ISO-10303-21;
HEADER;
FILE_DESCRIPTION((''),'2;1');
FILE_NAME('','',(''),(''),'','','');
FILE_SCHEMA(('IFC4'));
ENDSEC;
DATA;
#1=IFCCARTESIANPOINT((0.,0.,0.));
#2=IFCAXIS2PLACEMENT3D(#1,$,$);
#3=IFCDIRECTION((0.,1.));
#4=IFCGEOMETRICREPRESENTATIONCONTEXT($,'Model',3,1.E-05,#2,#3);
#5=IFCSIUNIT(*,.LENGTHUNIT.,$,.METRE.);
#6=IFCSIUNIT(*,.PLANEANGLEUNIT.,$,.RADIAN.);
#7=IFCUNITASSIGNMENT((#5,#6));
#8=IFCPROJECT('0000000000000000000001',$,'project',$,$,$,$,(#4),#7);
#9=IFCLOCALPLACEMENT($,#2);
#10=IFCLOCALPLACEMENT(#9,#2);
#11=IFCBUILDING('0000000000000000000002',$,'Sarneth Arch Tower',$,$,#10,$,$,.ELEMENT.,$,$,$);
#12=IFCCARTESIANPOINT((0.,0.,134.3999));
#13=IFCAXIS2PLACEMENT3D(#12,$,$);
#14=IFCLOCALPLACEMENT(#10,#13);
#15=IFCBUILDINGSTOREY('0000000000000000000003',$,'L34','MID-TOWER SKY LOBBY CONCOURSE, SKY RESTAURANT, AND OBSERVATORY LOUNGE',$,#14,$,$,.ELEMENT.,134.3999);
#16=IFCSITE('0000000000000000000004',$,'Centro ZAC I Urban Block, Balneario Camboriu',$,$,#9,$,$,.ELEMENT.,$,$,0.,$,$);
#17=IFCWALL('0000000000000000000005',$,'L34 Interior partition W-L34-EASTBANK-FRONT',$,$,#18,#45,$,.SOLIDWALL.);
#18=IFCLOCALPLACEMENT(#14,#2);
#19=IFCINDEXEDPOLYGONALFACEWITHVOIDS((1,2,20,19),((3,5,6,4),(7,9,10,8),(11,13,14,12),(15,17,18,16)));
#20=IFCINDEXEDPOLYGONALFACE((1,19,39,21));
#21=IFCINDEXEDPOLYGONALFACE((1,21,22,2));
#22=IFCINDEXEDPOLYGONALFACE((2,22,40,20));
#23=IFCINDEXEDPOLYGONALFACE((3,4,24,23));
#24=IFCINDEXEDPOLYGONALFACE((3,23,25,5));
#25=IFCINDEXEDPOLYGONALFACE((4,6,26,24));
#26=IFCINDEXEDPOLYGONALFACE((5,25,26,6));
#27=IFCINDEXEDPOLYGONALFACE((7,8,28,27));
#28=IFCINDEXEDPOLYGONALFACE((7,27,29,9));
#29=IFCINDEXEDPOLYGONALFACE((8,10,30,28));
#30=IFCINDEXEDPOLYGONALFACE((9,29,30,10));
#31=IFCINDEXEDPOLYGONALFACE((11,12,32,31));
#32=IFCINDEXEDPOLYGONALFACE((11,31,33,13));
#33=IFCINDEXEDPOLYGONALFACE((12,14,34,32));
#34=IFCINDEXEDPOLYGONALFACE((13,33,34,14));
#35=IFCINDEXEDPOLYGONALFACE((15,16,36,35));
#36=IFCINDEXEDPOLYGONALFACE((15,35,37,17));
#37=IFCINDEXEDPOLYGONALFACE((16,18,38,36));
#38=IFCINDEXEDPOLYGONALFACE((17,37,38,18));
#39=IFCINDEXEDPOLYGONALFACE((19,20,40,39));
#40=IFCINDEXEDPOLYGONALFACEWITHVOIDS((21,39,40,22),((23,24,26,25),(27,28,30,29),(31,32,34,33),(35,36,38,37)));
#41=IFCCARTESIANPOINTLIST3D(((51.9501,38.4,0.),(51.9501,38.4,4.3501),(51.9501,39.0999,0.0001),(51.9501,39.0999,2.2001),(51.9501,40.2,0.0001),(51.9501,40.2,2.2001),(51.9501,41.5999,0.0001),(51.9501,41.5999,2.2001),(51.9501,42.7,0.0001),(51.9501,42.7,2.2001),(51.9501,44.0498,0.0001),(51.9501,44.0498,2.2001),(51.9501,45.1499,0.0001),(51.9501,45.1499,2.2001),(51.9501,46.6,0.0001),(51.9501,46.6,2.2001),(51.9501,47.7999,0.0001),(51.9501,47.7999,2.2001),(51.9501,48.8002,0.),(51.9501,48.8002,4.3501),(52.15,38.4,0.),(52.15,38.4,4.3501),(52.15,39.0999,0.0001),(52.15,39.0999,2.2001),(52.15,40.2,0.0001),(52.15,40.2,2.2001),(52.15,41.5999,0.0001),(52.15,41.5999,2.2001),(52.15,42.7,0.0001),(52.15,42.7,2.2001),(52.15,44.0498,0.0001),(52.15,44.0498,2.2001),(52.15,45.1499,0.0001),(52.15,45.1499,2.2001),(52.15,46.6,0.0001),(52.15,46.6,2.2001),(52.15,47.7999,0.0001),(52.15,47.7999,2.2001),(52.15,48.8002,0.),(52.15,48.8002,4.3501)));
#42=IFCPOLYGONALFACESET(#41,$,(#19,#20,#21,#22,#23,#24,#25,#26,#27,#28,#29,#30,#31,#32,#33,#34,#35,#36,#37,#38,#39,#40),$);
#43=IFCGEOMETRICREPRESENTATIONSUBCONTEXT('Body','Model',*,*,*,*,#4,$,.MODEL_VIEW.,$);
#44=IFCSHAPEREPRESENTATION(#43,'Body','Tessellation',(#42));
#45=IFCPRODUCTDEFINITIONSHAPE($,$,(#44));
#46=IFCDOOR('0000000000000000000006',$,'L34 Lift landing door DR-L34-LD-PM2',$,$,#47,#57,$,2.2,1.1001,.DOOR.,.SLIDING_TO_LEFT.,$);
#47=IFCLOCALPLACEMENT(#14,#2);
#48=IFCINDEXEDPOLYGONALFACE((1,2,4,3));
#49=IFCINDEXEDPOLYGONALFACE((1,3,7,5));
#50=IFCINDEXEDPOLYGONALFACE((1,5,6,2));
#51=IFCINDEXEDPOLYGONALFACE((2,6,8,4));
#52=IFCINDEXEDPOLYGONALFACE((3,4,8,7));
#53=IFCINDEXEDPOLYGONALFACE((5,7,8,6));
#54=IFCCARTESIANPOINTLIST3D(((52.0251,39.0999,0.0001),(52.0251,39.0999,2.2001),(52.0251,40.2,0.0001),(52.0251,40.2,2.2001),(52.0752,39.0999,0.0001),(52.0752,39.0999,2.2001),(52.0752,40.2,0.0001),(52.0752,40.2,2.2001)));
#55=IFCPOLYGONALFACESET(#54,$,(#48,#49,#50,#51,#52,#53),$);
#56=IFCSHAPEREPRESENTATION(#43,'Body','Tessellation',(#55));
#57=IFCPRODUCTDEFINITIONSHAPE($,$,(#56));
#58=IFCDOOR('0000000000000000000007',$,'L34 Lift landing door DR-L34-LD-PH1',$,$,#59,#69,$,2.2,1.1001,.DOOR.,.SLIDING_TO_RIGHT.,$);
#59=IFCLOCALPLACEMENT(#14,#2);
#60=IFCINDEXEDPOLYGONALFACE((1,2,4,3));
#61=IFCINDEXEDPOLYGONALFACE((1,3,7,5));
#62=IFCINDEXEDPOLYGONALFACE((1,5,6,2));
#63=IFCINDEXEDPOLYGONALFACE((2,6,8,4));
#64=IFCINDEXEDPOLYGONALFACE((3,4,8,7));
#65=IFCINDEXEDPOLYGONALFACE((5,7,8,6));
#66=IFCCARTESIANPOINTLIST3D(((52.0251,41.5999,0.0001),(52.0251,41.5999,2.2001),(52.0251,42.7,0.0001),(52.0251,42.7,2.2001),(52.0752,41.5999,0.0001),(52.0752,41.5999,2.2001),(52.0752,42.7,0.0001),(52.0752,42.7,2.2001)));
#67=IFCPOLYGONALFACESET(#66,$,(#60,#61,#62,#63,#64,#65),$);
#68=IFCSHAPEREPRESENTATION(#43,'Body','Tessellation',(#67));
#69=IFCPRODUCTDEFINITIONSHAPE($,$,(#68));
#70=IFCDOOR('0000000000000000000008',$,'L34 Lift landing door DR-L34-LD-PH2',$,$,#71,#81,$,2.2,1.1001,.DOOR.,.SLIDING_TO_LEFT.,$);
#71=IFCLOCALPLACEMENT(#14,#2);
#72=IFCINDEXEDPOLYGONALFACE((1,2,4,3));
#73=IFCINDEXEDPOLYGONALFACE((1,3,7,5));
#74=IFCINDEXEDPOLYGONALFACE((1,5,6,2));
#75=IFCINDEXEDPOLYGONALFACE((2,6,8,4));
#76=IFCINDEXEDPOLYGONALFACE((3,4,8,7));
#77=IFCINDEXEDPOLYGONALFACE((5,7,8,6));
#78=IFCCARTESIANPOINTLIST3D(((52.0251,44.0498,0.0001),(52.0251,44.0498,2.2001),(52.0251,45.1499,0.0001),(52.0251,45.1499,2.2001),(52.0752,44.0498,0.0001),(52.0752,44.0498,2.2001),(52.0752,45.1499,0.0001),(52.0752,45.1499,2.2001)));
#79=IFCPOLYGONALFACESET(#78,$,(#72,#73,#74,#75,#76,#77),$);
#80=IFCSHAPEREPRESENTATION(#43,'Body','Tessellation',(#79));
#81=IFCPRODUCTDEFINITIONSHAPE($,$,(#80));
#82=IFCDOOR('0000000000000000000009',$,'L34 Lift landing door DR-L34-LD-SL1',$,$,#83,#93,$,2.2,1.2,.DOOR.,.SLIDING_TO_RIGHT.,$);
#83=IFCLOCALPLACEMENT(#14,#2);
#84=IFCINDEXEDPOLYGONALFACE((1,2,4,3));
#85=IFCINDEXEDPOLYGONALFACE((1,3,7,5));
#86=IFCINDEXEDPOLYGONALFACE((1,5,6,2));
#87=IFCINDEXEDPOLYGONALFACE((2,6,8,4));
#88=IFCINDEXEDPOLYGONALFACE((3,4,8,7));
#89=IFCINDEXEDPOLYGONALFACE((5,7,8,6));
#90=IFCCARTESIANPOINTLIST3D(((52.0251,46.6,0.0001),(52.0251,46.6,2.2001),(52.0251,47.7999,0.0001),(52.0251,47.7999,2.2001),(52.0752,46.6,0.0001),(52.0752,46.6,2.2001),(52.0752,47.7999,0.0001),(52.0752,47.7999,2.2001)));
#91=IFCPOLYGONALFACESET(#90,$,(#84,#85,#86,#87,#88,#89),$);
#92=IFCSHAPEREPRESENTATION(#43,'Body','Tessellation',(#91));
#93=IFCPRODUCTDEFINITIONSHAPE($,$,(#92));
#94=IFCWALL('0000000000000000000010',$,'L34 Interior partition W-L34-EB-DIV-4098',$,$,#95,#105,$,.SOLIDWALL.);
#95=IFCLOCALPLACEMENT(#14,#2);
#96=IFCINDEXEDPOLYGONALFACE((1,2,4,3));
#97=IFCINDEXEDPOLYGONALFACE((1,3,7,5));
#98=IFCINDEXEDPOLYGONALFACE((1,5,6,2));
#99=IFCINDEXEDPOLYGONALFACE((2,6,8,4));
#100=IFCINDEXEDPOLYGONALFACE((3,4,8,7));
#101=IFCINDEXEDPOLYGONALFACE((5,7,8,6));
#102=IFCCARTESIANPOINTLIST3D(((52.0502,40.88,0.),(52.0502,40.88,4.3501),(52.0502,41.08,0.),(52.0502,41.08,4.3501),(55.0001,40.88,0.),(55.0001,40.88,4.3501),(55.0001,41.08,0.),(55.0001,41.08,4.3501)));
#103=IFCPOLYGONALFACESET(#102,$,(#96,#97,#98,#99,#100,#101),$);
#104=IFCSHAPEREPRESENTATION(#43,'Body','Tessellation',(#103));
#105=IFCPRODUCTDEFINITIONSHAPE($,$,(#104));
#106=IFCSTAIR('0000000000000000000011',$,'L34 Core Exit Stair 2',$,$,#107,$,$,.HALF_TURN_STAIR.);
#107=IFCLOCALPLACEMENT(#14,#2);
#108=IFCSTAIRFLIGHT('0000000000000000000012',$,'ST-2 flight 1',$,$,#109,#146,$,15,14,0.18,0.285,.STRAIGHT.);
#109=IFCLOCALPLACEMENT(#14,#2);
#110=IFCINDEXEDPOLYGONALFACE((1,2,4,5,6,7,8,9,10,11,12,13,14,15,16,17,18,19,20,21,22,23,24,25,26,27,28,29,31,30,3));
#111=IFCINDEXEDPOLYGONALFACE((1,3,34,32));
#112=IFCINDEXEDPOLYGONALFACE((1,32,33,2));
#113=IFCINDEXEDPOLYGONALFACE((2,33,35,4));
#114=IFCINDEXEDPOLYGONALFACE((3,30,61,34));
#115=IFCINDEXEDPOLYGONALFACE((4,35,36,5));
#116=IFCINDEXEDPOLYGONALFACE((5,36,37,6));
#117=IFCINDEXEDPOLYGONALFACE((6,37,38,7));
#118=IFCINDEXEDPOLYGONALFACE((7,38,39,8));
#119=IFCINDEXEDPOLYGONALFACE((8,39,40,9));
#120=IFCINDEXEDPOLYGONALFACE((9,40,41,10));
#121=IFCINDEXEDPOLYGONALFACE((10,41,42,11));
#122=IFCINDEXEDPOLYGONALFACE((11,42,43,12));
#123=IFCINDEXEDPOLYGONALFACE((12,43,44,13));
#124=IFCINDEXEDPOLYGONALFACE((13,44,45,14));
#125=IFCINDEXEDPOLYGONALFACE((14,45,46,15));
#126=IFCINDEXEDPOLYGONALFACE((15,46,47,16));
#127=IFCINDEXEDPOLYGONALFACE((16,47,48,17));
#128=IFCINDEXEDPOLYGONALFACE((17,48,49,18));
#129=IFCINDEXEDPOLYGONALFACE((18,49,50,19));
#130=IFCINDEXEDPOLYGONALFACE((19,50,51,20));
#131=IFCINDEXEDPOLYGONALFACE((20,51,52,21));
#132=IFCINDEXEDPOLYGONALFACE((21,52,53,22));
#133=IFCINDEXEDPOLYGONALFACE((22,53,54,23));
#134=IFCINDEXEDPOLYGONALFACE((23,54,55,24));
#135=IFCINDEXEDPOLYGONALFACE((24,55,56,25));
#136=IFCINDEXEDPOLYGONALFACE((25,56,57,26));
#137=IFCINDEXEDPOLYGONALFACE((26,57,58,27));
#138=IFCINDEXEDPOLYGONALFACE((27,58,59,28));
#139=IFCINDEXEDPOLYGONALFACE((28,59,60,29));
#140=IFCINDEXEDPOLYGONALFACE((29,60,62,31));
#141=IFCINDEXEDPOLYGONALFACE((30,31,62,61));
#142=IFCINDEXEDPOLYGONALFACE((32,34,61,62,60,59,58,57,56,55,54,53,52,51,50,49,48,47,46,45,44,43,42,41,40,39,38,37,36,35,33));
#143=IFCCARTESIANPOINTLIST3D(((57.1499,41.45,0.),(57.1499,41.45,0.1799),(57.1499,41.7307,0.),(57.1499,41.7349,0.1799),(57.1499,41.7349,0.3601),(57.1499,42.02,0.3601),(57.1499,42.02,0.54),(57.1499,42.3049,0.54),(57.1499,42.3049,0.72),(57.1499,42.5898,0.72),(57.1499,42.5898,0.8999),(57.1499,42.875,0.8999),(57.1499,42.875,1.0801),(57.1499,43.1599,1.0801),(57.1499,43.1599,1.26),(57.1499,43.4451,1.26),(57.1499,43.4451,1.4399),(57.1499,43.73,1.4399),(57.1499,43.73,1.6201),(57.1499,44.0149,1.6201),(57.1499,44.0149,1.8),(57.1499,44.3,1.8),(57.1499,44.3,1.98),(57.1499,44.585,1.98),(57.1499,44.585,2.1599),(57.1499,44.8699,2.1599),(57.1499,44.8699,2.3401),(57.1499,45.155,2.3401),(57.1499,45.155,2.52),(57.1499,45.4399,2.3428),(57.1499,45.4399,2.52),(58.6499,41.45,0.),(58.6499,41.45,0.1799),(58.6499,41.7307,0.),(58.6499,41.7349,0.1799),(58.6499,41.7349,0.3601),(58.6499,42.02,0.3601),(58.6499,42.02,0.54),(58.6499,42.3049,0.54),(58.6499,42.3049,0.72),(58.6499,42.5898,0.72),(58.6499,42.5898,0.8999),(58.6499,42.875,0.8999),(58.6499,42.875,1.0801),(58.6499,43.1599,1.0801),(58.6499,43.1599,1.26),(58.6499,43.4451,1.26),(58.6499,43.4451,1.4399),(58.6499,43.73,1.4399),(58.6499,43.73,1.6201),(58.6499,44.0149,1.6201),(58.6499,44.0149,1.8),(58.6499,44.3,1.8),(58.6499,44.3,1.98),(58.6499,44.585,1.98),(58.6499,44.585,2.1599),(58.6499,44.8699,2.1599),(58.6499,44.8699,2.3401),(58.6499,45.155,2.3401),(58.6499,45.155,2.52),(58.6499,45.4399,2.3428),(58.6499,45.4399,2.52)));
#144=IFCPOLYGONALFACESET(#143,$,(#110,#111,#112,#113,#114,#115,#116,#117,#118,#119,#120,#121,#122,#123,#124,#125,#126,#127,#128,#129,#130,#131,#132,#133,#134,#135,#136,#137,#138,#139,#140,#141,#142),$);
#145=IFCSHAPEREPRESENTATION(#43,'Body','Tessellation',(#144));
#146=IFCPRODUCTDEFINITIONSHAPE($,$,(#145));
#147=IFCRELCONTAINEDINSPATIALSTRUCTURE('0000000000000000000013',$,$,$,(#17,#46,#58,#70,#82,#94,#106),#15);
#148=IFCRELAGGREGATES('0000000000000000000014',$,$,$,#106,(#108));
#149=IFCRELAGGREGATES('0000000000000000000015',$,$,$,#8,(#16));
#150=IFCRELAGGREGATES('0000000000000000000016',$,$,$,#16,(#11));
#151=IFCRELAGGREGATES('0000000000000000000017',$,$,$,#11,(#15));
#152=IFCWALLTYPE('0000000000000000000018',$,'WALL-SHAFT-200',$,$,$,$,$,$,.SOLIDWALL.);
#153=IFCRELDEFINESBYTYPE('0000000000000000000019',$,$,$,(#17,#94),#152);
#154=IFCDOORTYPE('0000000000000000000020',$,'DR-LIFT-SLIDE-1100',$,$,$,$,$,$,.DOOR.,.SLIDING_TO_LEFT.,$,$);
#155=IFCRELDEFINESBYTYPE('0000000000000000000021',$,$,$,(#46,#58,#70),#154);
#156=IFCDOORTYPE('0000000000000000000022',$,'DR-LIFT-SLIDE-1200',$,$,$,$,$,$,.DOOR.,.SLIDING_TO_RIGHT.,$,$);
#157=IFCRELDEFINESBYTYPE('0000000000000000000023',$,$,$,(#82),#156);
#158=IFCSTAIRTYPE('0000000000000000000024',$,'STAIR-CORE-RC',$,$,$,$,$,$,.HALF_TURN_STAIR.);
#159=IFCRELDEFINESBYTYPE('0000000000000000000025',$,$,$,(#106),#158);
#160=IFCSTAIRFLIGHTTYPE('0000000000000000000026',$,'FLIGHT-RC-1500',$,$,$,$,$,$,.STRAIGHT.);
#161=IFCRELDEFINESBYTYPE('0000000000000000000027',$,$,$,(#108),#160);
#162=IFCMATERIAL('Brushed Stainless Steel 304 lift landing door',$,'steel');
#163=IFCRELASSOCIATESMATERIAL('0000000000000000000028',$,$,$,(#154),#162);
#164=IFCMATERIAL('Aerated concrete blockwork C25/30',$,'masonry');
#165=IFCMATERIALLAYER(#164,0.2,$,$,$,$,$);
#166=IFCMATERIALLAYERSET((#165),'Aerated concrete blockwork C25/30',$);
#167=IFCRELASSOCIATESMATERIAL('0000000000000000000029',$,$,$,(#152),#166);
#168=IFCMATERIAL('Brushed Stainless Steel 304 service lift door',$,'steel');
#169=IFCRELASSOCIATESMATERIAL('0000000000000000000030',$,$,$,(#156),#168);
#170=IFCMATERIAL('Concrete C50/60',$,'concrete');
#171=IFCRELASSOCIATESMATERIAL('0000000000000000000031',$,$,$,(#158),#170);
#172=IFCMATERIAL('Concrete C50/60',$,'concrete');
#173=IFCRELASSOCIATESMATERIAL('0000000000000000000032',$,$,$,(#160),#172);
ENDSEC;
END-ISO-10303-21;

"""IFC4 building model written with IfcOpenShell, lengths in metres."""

from ifc_helpers import new_model, si_unit, direction, frame, frame_2d, origin, place, context, subcontext, project, spatial, polyline, rectangle, outline, extrude, material, layer, layer_set, type_object, element, fill, aggregate, save


model = new_model("IFC4")

# Units and contexts
model_context = context("Model", 3, precision=1e-05, world=origin(), true_north=direction((0.0, 1.0)))
body_context = subcontext(model_context, "Body", "Model", "MODEL_VIEW")
ifc_project = project(units=[si_unit("LENGTHUNIT", "METRE"), si_unit("PLANEANGLEUNIT", "RADIAN")], contexts=[model_context])

# Site, building, storey
site_placement = place(None, origin())
site = spatial("IfcSite", under=ifc_project, at=site_placement, Name="Centro ZAC I Urban Block, Balneario Camboriu", CompositionType="ELEMENT", RefElevation=0.0)
building_placement = place(site_placement, origin())
building = spatial("IfcBuilding", under=site, at=building_placement, Name="Sarneth Arch Tower", CompositionType="ELEMENT")
storey_placement = place(building_placement, frame((0.0, 0.0, 134.3999)))
storey = spatial("IfcBuildingStorey", under=building, at=storey_placement, Name="L34", Description="MID-TOWER SKY LOBBY CONCOURSE, SKY RESTAURANT, AND OBSERVATORY LOUNGE", CompositionType="ELEMENT", Elevation=134.3999)

# Shared definitions
ifc_material_1 = material(Name="Brushed Stainless Steel 304 lift landing door", Category="steel")
door_type_1 = type_object("IfcDoorType", Name="DR-LIFT-SLIDE-1100", OperationType="SLIDING_TO_LEFT", PredefinedType="DOOR", material=ifc_material_1)

# Shared definitions
ifc_material_2 = material(Name="Aerated concrete blockwork C25/30", Category="masonry")
ifc_layer_1 = layer(ifc_material_2, 0.2)
ifc_layer_set_1 = layer_set([ifc_layer_1], Name="Aerated concrete blockwork C25/30")
wall_type_1 = type_object("IfcWallType", Name="WALL-SHAFT-200", PredefinedType="SOLIDWALL", material=ifc_layer_set_1)

# Wall, openings, doors
wall_1_placement = place(storey_placement, frame((52.05, 38.3999, 0.0), z_axis=(0.0, 0.0, 1.0), x_axis=(0.0, 1.0, 0.0)))
wall_1 = element("IfcWall", 1, at=wall_1_placement, inside=storey, type_object=wall_type_1, Name="L34 Interior partition W-L34-EASTBANK-FRONT", PredefinedType="SOLIDWALL", context=body_context, shape_type="SweptSolid", body=[
    extrude(rectangle(XDim=10.4001, YDim=0.2, at=frame_2d((5.2002, 0.0))), origin(), (0.0, 0.0, 1.0), 4.3501),
])
opening_1_placement = place(wall_1_placement, frame((0.7, 0.0, 0.0)))
opening_1 = element("IfcOpeningElement", 2, at=opening_1_placement, cuts=wall_1, PredefinedType="OPENING", context=body_context, shape_type="SweptSolid", body=[
    extrude(rectangle(XDim=1.1001, YDim=2.2, at=frame_2d((0.55, 1.1001))), frame((0.0, 0.1099, 0.0), z_axis=(0.0, -1.0, 0.0), x_axis=(1.0, 0.0, 0.0)), (0.0, 0.0, 1.0), 0.22),
])
opening_2_placement = place(wall_1_placement, frame((3.2, 0.0, 0.0)))
opening_2 = element("IfcOpeningElement", 3, at=opening_2_placement, cuts=wall_1, PredefinedType="OPENING", context=body_context, shape_type="SweptSolid", body=[
    extrude(rectangle(XDim=1.1001, YDim=2.2, at=frame_2d((0.55, 1.1001))), frame((0.0, 0.1099, 0.0), z_axis=(0.0, -1.0, 0.0), x_axis=(1.0, 0.0, 0.0)), (0.0, 0.0, 1.0), 0.22),
])
opening_3_placement = place(wall_1_placement, frame((5.6499, 0.0, 0.0)))
opening_3 = element("IfcOpeningElement", 4, at=opening_3_placement, cuts=wall_1, PredefinedType="OPENING", context=body_context, shape_type="SweptSolid", body=[
    extrude(rectangle(XDim=1.1001, YDim=2.2, at=frame_2d((0.55, 1.1001))), frame((0.0, 0.1099, 0.0), z_axis=(0.0, -1.0, 0.0), x_axis=(1.0, 0.0, 0.0)), (0.0, 0.0, 1.0), 0.22),
])
opening_4_placement = place(wall_1_placement, frame((8.2, 0.0, 0.0)))
opening_4 = element("IfcOpeningElement", 5, at=opening_4_placement, cuts=wall_1, PredefinedType="OPENING", context=body_context, shape_type="SweptSolid", body=[
    extrude(rectangle(XDim=1.2, YDim=2.2, at=frame_2d((0.6001, 1.1001))), frame((0.0, 0.1099, 0.0), z_axis=(0.0, -1.0, 0.0), x_axis=(1.0, 0.0, 0.0)), (0.0, 0.0, 1.0), 0.22),
])
door_1_placement = place(opening_1_placement, origin())
door_1 = element("IfcDoor", 6, at=door_1_placement, inside=storey, type_object=door_type_1, Name="L34 Lift landing door DR-L34-LD-PM2", OperationType="SLIDING_TO_LEFT", OverallHeight=2.2, OverallWidth=1.1001, PredefinedType="DOOR", context=body_context, shape_type="SweptSolid", body=[
    extrude(rectangle(XDim=1.1001, YDim=2.2, at=frame_2d((0.55, 1.1001))), frame((0.0, 0.0249, 0.0), z_axis=(0.0, -1.0, 0.0), x_axis=(1.0, 0.0, 0.0)), (0.0, 0.0, 1.0), 0.05),
])
fill(opening_1, door_1)
door_2_placement = place(opening_2_placement, origin())
door_2 = element("IfcDoor", 7, at=door_2_placement, inside=storey, type_object=door_type_1, Name="L34 Lift landing door DR-L34-LD-PH1", OperationType="SLIDING_TO_RIGHT", OverallHeight=2.2, OverallWidth=1.1001, PredefinedType="DOOR", context=body_context, shape_type="SweptSolid", body=[
    extrude(rectangle(XDim=1.1001, YDim=2.2, at=frame_2d((0.55, 1.1001))), frame((0.0, 0.0249, 0.0), z_axis=(0.0, -1.0, 0.0), x_axis=(1.0, 0.0, 0.0)), (0.0, 0.0, 1.0), 0.05),
])
fill(opening_2, door_2)
door_3_placement = place(opening_3_placement, origin())
door_3 = element("IfcDoor", 8, at=door_3_placement, inside=storey, type_object=door_type_1, Name="L34 Lift landing door DR-L34-LD-PH2", OperationType="SLIDING_TO_LEFT", OverallHeight=2.2, OverallWidth=1.1001, PredefinedType="DOOR", context=body_context, shape_type="SweptSolid", body=[
    extrude(rectangle(XDim=1.1001, YDim=2.2, at=frame_2d((0.55, 1.1001))), frame((0.0, 0.0249, 0.0), z_axis=(0.0, -1.0, 0.0), x_axis=(1.0, 0.0, 0.0)), (0.0, 0.0, 1.0), 0.05),
])
fill(opening_3, door_3)
ifc_material_3 = material(Name="Brushed Stainless Steel 304 service lift door", Category="steel")
door_type_2 = type_object("IfcDoorType", Name="DR-LIFT-SLIDE-1200", OperationType="SLIDING_TO_RIGHT", PredefinedType="DOOR", material=ifc_material_3)
door_4_placement = place(opening_4_placement, origin())
door_4 = element("IfcDoor", 9, at=door_4_placement, inside=storey, type_object=door_type_2, Name="L34 Lift landing door DR-L34-LD-SL1", OperationType="SLIDING_TO_RIGHT", OverallHeight=2.2, OverallWidth=1.2, PredefinedType="DOOR", context=body_context, shape_type="SweptSolid", body=[
    extrude(rectangle(XDim=1.2, YDim=2.2, at=frame_2d((0.6001, 1.1001))), frame((0.0, 0.0249, 0.0), z_axis=(0.0, -1.0, 0.0), x_axis=(1.0, 0.0, 0.0)), (0.0, 0.0, 1.0), 0.05),
])
fill(opening_4, door_4)

# Wall
wall_2_placement = place(storey_placement, frame((52.05, 40.98, 0.0), z_axis=(0.0, 0.0, 1.0), x_axis=(1.0, 0.0, 0.0)))
element("IfcWall", 10, at=wall_2_placement, inside=storey, type_object=wall_type_1, Name="L34 Interior partition W-L34-EB-DIV-4098", PredefinedType="SOLIDWALL", context=body_context, shape_type="SweptSolid", body=[
    extrude(rectangle(XDim=2.95, YDim=0.2, at=frame_2d((1.4751, 0.0))), origin(), (0.0, 0.0, 1.0), 4.3501),
])

# Stair, stair flight
ifc_material_4 = material(Name="Concrete C50/60", Category="concrete")
stair_type = type_object("IfcStairType", Name="STAIR-CORE-RC", PredefinedType="HALF_TURN_STAIR", material=ifc_material_4)
stair_placement = place(storey_placement, origin())
stair = element("IfcStair", 11, at=stair_placement, inside=storey, type_object=stair_type, Name="L34 Core Exit Stair 2", PredefinedType="HALF_TURN_STAIR")
ifc_material_5 = material(Name="Concrete C50/60", Category="concrete")
stair_flight_type = type_object("IfcStairFlightType", Name="FLIGHT-RC-1500", PredefinedType="STRAIGHT", material=ifc_material_5)
stair_flight_placement = place(storey_placement, frame((57.8999, 41.45, 0.0), z_axis=(0.0, 0.0, 1.0), x_axis=(0.0, 1.0, 0.0)))
stair_flight = element("IfcStairFlight", 12, at=stair_flight_placement, type_object=stair_flight_type, Name="ST-2 flight 1", NumberOfRisers=15, NumberOfTreads=14, PredefinedType="STRAIGHT", RiserHeight=0.18, TreadLength=0.285, context=body_context, shape_type="SweptSolid", body=[
    extrude(outline(polyline([(0.0, 0.0), (0.0, 0.1799), (0.2849, 0.1799), (0.2849, 0.3601), (0.5701, 0.3601), (0.5701, 0.54), (0.855, 0.54), (0.855, 0.72), (1.1399, 0.72), (1.1399, 0.8999), (1.425, 0.8999), (1.425, 1.0801), (1.71, 1.0801), (1.71, 1.26), (1.9951, 1.26), (1.9951, 1.4399), (2.28, 1.4399), (2.28, 1.6201), (2.5649, 1.6201), (2.5649, 1.8), (2.8501, 1.8), (2.8501, 1.98), (3.135, 1.98), (3.135, 2.1599), (3.4199, 2.1599), (3.4199, 2.3401), (3.7051, 2.3401), (3.7051, 2.52), (3.99, 2.52), (3.99, 2.7), (3.99, 2.3428), (0.2808, 0.0), (0.0, 0.0)])), frame((0.0, 0.75, 0.0), z_axis=(0.0, -1.0, 0.0), x_axis=(1.0, 0.0, 0.0)), (0.0, 0.0, 1.0), 1.5),
])
aggregate(stair, [stair_flight])

save(model, "model.ifc")
